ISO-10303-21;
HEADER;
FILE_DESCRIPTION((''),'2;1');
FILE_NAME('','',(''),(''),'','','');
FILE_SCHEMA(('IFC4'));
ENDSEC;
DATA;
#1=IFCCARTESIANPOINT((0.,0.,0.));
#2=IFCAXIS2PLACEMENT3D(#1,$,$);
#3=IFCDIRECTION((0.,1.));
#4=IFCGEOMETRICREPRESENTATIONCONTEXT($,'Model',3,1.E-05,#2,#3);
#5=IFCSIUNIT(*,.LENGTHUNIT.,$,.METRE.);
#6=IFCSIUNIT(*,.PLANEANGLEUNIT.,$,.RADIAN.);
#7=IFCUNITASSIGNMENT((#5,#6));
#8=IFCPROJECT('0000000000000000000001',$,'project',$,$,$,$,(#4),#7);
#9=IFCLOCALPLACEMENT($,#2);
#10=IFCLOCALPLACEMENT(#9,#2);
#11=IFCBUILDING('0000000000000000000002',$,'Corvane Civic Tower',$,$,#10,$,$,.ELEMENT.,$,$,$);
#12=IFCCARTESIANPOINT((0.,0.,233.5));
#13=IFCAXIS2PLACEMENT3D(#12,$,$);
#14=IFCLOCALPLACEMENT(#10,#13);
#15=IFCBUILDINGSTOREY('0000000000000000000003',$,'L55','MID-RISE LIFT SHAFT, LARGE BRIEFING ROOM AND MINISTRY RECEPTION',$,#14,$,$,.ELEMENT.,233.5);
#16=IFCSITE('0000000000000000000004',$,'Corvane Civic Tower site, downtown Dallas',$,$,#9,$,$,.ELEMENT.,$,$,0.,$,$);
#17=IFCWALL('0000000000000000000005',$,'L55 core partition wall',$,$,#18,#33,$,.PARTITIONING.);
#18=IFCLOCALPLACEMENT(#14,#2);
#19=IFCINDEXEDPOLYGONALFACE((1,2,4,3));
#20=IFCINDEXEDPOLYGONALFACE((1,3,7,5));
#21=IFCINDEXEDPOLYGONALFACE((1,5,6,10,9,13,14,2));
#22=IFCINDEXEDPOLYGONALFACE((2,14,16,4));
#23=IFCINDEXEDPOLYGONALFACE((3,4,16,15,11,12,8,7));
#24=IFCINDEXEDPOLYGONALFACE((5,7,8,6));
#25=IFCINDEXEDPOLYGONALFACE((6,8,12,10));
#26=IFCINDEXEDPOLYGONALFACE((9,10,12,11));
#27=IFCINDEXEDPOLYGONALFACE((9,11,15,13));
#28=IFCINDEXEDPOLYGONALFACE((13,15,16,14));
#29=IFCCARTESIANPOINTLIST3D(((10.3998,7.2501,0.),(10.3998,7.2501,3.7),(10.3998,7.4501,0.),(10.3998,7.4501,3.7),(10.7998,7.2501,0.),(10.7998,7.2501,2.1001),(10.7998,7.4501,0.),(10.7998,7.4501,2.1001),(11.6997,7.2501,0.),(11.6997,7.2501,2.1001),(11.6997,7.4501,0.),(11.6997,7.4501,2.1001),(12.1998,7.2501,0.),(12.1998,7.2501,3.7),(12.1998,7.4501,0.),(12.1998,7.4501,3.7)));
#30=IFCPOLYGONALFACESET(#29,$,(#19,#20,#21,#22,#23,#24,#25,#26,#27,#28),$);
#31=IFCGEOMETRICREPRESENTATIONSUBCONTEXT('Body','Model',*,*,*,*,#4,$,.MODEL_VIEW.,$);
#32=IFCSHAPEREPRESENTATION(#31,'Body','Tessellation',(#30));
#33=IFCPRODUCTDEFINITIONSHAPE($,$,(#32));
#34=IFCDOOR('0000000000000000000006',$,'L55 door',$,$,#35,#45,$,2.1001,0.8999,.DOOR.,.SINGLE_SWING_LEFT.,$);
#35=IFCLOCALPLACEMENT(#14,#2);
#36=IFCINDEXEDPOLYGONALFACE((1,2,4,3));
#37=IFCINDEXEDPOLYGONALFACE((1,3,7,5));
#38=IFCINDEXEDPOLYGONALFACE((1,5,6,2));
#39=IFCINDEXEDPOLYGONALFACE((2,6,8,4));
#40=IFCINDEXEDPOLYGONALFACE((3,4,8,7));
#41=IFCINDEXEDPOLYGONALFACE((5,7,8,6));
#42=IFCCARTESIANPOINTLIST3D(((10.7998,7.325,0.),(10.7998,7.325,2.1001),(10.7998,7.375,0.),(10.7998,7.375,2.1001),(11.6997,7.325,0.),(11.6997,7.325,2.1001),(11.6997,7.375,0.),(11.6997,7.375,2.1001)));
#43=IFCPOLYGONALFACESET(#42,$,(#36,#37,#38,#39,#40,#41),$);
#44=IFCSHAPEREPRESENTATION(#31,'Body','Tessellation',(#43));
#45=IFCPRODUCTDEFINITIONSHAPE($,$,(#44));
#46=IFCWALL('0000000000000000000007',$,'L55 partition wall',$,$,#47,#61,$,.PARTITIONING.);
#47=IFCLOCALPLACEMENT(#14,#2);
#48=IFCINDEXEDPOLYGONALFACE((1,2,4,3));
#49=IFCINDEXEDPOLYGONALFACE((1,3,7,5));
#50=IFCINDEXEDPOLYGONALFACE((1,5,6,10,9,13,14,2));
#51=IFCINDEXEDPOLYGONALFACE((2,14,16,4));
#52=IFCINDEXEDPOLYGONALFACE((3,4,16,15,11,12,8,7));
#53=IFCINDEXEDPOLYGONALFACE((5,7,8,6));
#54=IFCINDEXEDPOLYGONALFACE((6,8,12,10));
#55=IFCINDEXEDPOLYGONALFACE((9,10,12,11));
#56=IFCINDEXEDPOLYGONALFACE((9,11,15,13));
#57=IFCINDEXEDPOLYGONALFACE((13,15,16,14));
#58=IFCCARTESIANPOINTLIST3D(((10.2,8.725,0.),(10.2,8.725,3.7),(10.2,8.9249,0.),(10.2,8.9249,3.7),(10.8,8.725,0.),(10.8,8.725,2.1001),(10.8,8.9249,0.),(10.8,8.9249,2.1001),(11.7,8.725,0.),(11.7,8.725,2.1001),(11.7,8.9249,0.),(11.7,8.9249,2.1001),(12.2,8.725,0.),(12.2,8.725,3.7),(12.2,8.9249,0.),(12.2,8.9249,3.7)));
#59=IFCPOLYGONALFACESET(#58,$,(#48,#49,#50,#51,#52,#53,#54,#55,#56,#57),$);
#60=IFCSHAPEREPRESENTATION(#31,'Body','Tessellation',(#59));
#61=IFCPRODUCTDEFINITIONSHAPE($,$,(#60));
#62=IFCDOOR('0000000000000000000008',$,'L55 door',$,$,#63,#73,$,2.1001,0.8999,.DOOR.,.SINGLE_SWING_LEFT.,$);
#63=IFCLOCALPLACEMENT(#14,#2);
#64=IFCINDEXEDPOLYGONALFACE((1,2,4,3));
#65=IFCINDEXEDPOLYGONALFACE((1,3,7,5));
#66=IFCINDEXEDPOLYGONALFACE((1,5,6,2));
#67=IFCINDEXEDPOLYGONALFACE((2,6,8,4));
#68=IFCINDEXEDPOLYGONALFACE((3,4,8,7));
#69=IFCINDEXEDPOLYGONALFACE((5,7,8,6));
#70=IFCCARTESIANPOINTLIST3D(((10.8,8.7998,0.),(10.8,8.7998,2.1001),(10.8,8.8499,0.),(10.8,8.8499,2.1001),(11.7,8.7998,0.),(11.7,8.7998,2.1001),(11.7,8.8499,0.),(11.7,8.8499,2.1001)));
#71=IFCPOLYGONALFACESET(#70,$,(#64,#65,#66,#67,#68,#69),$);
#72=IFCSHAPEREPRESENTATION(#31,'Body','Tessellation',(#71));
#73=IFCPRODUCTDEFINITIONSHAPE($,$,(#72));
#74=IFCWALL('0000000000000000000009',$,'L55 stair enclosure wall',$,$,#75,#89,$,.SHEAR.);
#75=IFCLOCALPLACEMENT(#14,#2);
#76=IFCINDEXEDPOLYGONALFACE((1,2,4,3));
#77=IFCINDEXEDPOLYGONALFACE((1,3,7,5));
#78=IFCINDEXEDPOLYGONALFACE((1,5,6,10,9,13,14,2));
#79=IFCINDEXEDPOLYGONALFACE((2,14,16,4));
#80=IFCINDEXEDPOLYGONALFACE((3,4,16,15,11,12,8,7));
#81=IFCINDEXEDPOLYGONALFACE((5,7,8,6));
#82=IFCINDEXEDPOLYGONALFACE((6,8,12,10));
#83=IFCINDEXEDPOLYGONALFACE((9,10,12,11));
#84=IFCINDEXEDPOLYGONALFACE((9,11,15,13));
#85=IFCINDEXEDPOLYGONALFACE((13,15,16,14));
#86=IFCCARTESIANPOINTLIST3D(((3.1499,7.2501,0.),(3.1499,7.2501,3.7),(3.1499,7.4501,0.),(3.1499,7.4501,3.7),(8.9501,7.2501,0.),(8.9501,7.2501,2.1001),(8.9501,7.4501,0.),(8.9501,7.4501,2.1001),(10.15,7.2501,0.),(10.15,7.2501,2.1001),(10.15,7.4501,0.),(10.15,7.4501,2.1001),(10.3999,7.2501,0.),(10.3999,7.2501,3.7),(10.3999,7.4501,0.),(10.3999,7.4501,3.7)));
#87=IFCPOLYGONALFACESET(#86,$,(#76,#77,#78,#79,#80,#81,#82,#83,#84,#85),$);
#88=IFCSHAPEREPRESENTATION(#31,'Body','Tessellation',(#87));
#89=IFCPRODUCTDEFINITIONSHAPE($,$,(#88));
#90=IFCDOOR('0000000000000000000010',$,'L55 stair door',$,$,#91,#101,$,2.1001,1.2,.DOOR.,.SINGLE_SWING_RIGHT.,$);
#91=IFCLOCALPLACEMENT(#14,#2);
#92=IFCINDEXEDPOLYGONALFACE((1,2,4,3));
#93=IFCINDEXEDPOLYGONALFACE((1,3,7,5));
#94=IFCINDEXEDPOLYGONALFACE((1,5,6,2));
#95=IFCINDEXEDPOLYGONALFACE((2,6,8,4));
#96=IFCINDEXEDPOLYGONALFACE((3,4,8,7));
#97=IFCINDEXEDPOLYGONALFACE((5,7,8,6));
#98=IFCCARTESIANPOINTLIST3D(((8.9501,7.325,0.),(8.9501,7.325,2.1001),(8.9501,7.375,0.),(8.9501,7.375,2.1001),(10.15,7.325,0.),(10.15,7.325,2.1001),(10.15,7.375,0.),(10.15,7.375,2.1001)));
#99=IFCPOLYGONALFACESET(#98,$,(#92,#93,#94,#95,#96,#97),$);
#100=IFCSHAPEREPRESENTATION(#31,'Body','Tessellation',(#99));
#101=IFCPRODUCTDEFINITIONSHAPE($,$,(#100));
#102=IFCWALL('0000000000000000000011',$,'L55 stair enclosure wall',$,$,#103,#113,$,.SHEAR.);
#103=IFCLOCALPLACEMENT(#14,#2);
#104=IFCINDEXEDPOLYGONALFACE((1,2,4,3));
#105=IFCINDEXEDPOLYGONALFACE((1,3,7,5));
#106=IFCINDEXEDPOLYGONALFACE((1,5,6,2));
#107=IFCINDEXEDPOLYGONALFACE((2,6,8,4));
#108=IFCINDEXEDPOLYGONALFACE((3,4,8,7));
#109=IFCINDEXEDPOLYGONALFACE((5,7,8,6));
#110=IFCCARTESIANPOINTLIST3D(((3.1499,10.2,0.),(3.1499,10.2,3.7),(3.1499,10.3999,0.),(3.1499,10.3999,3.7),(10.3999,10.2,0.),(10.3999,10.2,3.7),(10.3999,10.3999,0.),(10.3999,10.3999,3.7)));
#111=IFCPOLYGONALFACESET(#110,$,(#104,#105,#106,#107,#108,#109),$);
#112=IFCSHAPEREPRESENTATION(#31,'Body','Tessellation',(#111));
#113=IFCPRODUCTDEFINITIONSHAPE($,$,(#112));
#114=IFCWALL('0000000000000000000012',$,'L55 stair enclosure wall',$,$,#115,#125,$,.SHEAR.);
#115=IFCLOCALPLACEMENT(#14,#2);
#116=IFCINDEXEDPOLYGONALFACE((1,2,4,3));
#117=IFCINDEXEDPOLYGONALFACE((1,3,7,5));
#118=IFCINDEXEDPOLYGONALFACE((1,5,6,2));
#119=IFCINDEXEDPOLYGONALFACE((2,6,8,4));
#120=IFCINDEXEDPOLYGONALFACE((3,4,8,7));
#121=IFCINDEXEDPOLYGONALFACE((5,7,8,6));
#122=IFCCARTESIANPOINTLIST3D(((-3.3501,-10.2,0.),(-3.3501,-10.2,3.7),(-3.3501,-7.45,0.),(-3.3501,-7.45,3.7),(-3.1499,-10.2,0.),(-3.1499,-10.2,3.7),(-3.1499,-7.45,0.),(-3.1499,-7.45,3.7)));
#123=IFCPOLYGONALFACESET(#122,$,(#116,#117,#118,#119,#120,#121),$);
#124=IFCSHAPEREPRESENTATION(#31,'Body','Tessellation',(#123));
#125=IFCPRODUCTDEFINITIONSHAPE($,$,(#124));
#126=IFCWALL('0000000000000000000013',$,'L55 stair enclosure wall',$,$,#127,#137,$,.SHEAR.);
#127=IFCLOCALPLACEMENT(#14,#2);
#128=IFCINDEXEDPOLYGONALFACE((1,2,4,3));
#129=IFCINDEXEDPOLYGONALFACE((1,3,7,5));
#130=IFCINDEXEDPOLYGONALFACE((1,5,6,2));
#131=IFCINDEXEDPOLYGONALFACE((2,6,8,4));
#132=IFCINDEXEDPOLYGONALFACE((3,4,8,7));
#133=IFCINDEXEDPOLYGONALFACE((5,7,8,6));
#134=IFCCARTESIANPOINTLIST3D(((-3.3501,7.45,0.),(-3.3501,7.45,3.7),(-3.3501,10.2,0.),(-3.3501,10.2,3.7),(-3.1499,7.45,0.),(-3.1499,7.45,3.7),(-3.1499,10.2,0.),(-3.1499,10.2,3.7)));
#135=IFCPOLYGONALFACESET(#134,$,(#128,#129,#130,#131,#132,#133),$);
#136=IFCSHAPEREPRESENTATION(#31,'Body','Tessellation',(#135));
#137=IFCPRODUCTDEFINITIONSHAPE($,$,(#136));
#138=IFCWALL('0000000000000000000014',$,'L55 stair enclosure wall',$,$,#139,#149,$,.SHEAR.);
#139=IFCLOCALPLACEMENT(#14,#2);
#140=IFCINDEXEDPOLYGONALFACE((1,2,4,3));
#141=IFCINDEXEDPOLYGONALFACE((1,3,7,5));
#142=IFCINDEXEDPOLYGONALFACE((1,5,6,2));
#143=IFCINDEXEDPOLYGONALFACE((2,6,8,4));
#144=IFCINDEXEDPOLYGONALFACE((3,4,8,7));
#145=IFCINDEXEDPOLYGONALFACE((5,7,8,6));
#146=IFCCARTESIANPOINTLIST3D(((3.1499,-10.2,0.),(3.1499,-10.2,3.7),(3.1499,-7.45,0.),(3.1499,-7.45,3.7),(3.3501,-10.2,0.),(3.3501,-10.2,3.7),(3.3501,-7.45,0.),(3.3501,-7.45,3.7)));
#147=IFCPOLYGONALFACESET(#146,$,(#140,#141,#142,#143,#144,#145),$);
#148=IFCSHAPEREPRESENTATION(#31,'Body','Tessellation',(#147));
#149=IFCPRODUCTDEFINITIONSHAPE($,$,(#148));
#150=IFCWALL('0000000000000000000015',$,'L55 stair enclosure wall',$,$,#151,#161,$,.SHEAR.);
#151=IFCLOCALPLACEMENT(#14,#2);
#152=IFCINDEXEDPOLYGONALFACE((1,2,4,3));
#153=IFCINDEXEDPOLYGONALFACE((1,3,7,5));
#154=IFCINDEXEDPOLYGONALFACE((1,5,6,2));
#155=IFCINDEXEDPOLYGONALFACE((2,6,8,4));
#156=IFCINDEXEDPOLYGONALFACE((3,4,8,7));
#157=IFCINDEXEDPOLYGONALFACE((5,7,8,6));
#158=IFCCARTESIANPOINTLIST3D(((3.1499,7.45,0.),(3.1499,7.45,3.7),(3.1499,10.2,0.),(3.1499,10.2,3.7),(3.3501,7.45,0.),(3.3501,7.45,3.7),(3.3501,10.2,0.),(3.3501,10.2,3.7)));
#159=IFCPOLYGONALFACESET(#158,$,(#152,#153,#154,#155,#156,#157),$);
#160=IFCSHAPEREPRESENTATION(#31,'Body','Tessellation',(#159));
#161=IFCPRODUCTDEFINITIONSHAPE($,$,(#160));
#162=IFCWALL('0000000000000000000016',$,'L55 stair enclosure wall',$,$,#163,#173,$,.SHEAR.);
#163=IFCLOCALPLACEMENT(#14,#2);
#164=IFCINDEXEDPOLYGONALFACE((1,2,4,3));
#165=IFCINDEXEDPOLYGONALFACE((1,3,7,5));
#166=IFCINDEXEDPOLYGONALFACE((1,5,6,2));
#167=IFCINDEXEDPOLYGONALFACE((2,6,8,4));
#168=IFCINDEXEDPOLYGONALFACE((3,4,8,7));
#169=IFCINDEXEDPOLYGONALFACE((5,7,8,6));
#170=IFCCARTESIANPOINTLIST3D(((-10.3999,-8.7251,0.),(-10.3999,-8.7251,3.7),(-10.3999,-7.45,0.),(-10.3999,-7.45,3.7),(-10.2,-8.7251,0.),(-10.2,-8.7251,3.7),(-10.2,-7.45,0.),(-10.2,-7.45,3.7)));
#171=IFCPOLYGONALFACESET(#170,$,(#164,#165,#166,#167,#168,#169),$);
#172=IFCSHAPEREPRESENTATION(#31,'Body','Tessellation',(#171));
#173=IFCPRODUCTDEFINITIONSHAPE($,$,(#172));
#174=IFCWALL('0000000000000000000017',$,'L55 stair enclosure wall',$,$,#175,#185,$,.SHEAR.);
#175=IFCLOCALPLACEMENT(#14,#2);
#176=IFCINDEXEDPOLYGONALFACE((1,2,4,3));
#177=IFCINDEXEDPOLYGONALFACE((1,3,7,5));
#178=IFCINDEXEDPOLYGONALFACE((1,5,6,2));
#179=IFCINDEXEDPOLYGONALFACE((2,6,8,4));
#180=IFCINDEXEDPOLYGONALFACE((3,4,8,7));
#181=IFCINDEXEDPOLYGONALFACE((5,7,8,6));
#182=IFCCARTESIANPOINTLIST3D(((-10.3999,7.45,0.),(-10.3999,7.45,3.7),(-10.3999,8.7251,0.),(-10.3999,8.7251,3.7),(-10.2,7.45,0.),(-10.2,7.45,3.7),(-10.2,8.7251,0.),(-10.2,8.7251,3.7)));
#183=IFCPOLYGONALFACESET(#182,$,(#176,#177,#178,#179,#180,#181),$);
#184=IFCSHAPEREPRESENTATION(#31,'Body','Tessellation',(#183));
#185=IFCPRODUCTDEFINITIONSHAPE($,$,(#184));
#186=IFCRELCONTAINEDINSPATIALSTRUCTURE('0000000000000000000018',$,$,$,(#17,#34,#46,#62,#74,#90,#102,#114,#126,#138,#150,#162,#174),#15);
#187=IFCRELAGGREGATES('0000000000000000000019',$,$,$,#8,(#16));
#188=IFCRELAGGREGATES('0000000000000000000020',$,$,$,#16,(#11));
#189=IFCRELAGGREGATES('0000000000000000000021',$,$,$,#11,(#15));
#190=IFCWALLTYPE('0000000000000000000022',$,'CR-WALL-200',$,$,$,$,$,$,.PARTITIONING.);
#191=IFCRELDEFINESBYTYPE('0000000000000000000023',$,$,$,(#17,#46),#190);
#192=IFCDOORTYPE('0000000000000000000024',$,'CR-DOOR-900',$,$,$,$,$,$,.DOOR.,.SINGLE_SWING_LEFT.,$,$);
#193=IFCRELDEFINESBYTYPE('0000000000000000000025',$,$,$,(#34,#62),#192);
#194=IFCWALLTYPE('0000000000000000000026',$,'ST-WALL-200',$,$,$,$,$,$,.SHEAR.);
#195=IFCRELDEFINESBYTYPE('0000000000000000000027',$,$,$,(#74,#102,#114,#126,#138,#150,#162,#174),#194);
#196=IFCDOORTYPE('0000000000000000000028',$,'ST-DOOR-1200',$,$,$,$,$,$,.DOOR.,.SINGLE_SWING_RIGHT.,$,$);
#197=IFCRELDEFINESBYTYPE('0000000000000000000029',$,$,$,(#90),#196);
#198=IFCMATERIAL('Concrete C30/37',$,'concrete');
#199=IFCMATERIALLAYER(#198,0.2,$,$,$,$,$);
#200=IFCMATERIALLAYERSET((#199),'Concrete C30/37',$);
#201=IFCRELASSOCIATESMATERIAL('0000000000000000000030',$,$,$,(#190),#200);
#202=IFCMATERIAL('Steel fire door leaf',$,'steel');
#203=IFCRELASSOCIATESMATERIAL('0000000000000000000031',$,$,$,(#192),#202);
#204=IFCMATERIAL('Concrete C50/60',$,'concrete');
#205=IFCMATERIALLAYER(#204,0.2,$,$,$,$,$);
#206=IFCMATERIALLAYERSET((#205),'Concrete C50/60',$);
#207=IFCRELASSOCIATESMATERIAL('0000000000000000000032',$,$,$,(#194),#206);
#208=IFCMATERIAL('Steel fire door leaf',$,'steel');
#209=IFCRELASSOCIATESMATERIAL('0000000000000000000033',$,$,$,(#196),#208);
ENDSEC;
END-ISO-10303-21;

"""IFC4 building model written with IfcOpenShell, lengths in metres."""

from ifc_helpers import new_model, si_unit, direction, frame, frame_2d, origin, place, context, subcontext, project, spatial, polyline, rectangle, outline, extrude, material, layer, layer_set, type_object, element, fill, save


model = new_model("IFC4")

# Units and contexts
model_context = context("Model", 3, precision=1e-05, world=origin(), true_north=direction((0.0, 1.0)))
body_context = subcontext(model_context, "Body", "Model", "MODEL_VIEW")
ifc_project = project(units=[si_unit("LENGTHUNIT", "METRE"), si_unit("PLANEANGLEUNIT", "RADIAN")], contexts=[model_context])

# Site, building, storey
site_placement = place(None, origin())
site = spatial("IfcSite", under=ifc_project, at=site_placement, Name="Corvane Civic Tower site, downtown Dallas", CompositionType="ELEMENT", RefElevation=0.0)
building_placement = place(site_placement, origin())
building = spatial("IfcBuilding", under=site, at=building_placement, Name="Corvane Civic Tower", CompositionType="ELEMENT")
storey_placement = place(building_placement, frame((0.0, 0.0, 233.5)))
storey = spatial("IfcBuildingStorey", under=building, at=storey_placement, Name="L55", Description="MID-RISE LIFT SHAFT, LARGE BRIEFING ROOM AND MINISTRY RECEPTION", CompositionType="ELEMENT", Elevation=233.5)

# Walls, openings, doors
ifc_material_1 = material(Name="Concrete C30/37", Category="concrete")
ifc_layer_1 = layer(ifc_material_1, 0.2)
ifc_layer_set_1 = layer_set([ifc_layer_1], Name="Concrete C30/37")
wall_type_1 = type_object("IfcWallType", Name="CR-WALL-200", PredefinedType="PARTITIONING", material=ifc_layer_set_1)
wall_1_placement = place(storey_placement, frame((10.3999, 7.3501, 0.0), z_axis=(0.0, 0.0, 1.0), x_axis=(1.0, 0.0, 0.0)))
wall_1 = element("IfcWall", 1, at=wall_1_placement, inside=storey, type_object=wall_type_1, Name="L55 core partition wall", PredefinedType="PARTITIONING", context=body_context, shape_type="SweptSolid", body=[
    extrude(rectangle(XDim=1.8, YDim=0.2, at=frame_2d((0.8999, 0.0))), origin(), (0.0, 0.0, 1.0), 3.7),
])
opening_1_placement = place(wall_1_placement, frame((0.3999, 0.0, 0.0)))
opening_1 = element("IfcOpeningElement", 2, at=opening_1_placement, cuts=wall_1, PredefinedType="OPENING", context=body_context, shape_type="SweptSolid", body=[
    extrude(rectangle(XDim=0.8999, YDim=2.1001, at=frame_2d((0.45, 1.05))), frame((0.0, 0.1099, 0.0), z_axis=(0.0, -1.0, 0.0), x_axis=(1.0, 0.0, 0.0)), (0.0, 0.0, 1.0), 0.22),
])
ifc_material_2 = material(Name="Steel fire door leaf", Category="steel")
door_type_1 = type_object("IfcDoorType", Name="CR-DOOR-900", OperationType="SINGLE_SWING_LEFT", PredefinedType="DOOR", material=ifc_material_2)
door_1_placement = place(opening_1_placement, origin())
door_1 = element("IfcDoor", 3, at=door_1_placement, inside=storey, type_object=door_type_1, Name="L55 door", OperationType="SINGLE_SWING_LEFT", OverallHeight=2.1001, OverallWidth=0.8999, PredefinedType="DOOR", context=body_context, shape_type="SweptSolid", body=[
    extrude(rectangle(XDim=0.8999, YDim=2.1001, at=frame_2d((0.45, 1.05))), frame((0.0, 0.0249, 0.0), z_axis=(0.0, -1.0, 0.0), x_axis=(1.0, 0.0, 0.0)), (0.0, 0.0, 1.0), 0.05),
])
fill(opening_1, door_1)
wall_2_placement = place(storey_placement, frame((10.2, 8.825, 0.0), z_axis=(0.0, 0.0, 1.0), x_axis=(1.0, 0.0, 0.0)))
wall_2 = element("IfcWall", 4, at=wall_2_placement, inside=storey, type_object=wall_type_1, Name="L55 partition wall", PredefinedType="PARTITIONING", context=body_context, shape_type="SweptSolid", body=[
    extrude(rectangle(XDim=2.0, YDim=0.2, at=frame_2d((1.0, 0.0))), origin(), (0.0, 0.0, 1.0), 3.7),
])
opening_2_placement = place(wall_2_placement, frame((0.6001, 0.0, 0.0)))
opening_2 = element("IfcOpeningElement", 5, at=opening_2_placement, cuts=wall_2, PredefinedType="OPENING", context=body_context, shape_type="SweptSolid", body=[
    extrude(rectangle(XDim=0.8999, YDim=2.1001, at=frame_2d((0.45, 1.05))), frame((0.0, 0.1099, 0.0), z_axis=(0.0, -1.0, 0.0), x_axis=(1.0, 0.0, 0.0)), (0.0, 0.0, 1.0), 0.22),
])
door_2_placement = place(opening_2_placement, origin())
door_2 = element("IfcDoor", 6, at=door_2_placement, inside=storey, type_object=door_type_1, Name="L55 door", OperationType="SINGLE_SWING_LEFT", OverallHeight=2.1001, OverallWidth=0.8999, PredefinedType="DOOR", context=body_context, shape_type="SweptSolid", body=[
    extrude(rectangle(XDim=0.8999, YDim=2.1001, at=frame_2d((0.45, 1.05))), frame((0.0, 0.0249, 0.0), z_axis=(0.0, -1.0, 0.0), x_axis=(1.0, 0.0, 0.0)), (0.0, 0.0, 1.0), 0.05),
])
fill(opening_2, door_2)
ifc_material_3 = material(Name="Concrete C50/60", Category="concrete")
ifc_layer_2 = layer(ifc_material_3, 0.2)
ifc_layer_set_2 = layer_set([ifc_layer_2], Name="Concrete C50/60")
wall_type_2 = type_object("IfcWallType", Name="ST-WALL-200", PredefinedType="SHEAR", material=ifc_layer_set_2)
wall_3_placement = place(storey_placement, frame((3.1499, 7.3501, 0.0), z_axis=(0.0, 0.0, 1.0), x_axis=(1.0, 0.0, 0.0)))
wall_3 = element("IfcWall", 7, at=wall_3_placement, inside=storey, type_object=wall_type_2, Name="L55 stair enclosure wall", PredefinedType="SHEAR", context=body_context, shape_type="SweptSolid", body=[
    extrude(rectangle(XDim=7.25, YDim=0.2, at=frame_2d((3.625, 0.0))), origin(), (0.0, 0.0, 1.0), 3.7),
])
opening_3_placement = place(wall_3_placement, frame((5.8, 0.0, 0.0)))
opening_3 = element("IfcOpeningElement", 8, at=opening_3_placement, cuts=wall_3, PredefinedType="OPENING", context=body_context, shape_type="SweptSolid", body=[
    extrude(rectangle(XDim=1.2, YDim=2.1001, at=frame_2d((0.6001, 1.05))), frame((0.0, 0.1099, 0.0), z_axis=(0.0, -1.0, 0.0), x_axis=(1.0, 0.0, 0.0)), (0.0, 0.0, 1.0), 0.22),
])
ifc_material_4 = material(Name="Steel fire door leaf", Category="steel")
door_type_2 = type_object("IfcDoorType", Name="ST-DOOR-1200", OperationType="SINGLE_SWING_RIGHT", PredefinedType="DOOR", material=ifc_material_4)
door_3_placement = place(opening_3_placement, origin())
door_3 = element("IfcDoor", 9, at=door_3_placement, inside=storey, type_object=door_type_2, Name="L55 stair door", OperationType="SINGLE_SWING_RIGHT", OverallHeight=2.1001, OverallWidth=1.2, PredefinedType="DOOR", context=body_context, shape_type="SweptSolid", body=[
    extrude(rectangle(XDim=1.2, YDim=2.1001, at=frame_2d((0.6001, 1.05))), frame((0.0, 0.0249, 0.0), z_axis=(0.0, -1.0, 0.0), x_axis=(1.0, 0.0, 0.0)), (0.0, 0.0, 1.0), 0.05),
])
fill(opening_3, door_3)

# Walls
wall_4_placement = place(storey_placement, origin())
element("IfcWall", 10, at=wall_4_placement, inside=storey, type_object=wall_type_2, Name="L55 stair enclosure wall", PredefinedType="SHEAR", context=body_context, shape_type="SweptSolid", body=[
    extrude(outline(polyline([(10.3999, 10.2), (3.1499, 10.2), (3.1499, 10.3999), (10.3999, 10.3999), (10.3999, 10.2)])), origin(), (0.0, 0.0, 1.0), 3.7),
])
wall_5_placement = place(storey_placement, origin())
element("IfcWall", 11, at=wall_5_placement, inside=storey, type_object=wall_type_2, Name="L55 stair enclosure wall", PredefinedType="SHEAR", context=body_context, shape_type="SweptSolid", body=[
    extrude(outline(polyline([(-3.1499, -7.45), (-3.1499, -10.2), (-3.3501, -10.2), (-3.3501, -7.45), (-3.1499, -7.45)])), origin(), (0.0, 0.0, 1.0), 3.7),
])
wall_6_placement = place(storey_placement, origin())
element("IfcWall", 12, at=wall_6_placement, inside=storey, type_object=wall_type_2, Name="L55 stair enclosure wall", PredefinedType="SHEAR", context=body_context, shape_type="SweptSolid", body=[
    extrude(outline(polyline([(-3.1499, 7.45), (-3.3501, 7.45), (-3.3501, 10.2), (-3.1499, 10.2), (-3.1499, 7.45)])), origin(), (0.0, 0.0, 1.0), 3.7),
])
wall_7_placement = place(storey_placement, origin())
element("IfcWall", 13, at=wall_7_placement, inside=storey, type_object=wall_type_2, Name="L55 stair enclosure wall", PredefinedType="SHEAR", context=body_context, shape_type="SweptSolid", body=[
    extrude(outline(polyline([(3.3501, -7.45), (3.3501, -10.2), (3.1499, -10.2), (3.1499, -7.45), (3.3501, -7.45)])), origin(), (0.0, 0.0, 1.0), 3.7),
])
wall_8_placement = place(storey_placement, origin())
element("IfcWall", 14, at=wall_8_placement, inside=storey, type_object=wall_type_2, Name="L55 stair enclosure wall", PredefinedType="SHEAR", context=body_context, shape_type="SweptSolid", body=[
    extrude(outline(polyline([(3.3501, 7.45), (3.1499, 7.45), (3.1499, 10.2), (3.3501, 10.2), (3.3501, 7.45)])), origin(), (0.0, 0.0, 1.0), 3.7),
])
wall_9_placement = place(storey_placement, origin())
element("IfcWall", 15, at=wall_9_placement, inside=storey, type_object=wall_type_2, Name="L55 stair enclosure wall", PredefinedType="SHEAR", context=body_context, shape_type="SweptSolid", body=[
    extrude(outline(polyline([(-10.2, -7.45), (-10.2, -8.7251), (-10.3999, -8.7251), (-10.3999, -7.45), (-10.2, -7.45)])), origin(), (0.0, 0.0, 1.0), 3.7),
])
wall_10_placement = place(storey_placement, origin())
element("IfcWall", 16, at=wall_10_placement, inside=storey, type_object=wall_type_2, Name="L55 stair enclosure wall", PredefinedType="SHEAR", context=body_context, shape_type="SweptSolid", body=[
    extrude(outline(polyline([(-10.2, 8.7251), (-10.2, 7.45), (-10.3999, 7.45), (-10.3999, 8.7251), (-10.2, 8.7251)])), origin(), (0.0, 0.0, 1.0), 3.7),
])

save(model, "model.ifc")
